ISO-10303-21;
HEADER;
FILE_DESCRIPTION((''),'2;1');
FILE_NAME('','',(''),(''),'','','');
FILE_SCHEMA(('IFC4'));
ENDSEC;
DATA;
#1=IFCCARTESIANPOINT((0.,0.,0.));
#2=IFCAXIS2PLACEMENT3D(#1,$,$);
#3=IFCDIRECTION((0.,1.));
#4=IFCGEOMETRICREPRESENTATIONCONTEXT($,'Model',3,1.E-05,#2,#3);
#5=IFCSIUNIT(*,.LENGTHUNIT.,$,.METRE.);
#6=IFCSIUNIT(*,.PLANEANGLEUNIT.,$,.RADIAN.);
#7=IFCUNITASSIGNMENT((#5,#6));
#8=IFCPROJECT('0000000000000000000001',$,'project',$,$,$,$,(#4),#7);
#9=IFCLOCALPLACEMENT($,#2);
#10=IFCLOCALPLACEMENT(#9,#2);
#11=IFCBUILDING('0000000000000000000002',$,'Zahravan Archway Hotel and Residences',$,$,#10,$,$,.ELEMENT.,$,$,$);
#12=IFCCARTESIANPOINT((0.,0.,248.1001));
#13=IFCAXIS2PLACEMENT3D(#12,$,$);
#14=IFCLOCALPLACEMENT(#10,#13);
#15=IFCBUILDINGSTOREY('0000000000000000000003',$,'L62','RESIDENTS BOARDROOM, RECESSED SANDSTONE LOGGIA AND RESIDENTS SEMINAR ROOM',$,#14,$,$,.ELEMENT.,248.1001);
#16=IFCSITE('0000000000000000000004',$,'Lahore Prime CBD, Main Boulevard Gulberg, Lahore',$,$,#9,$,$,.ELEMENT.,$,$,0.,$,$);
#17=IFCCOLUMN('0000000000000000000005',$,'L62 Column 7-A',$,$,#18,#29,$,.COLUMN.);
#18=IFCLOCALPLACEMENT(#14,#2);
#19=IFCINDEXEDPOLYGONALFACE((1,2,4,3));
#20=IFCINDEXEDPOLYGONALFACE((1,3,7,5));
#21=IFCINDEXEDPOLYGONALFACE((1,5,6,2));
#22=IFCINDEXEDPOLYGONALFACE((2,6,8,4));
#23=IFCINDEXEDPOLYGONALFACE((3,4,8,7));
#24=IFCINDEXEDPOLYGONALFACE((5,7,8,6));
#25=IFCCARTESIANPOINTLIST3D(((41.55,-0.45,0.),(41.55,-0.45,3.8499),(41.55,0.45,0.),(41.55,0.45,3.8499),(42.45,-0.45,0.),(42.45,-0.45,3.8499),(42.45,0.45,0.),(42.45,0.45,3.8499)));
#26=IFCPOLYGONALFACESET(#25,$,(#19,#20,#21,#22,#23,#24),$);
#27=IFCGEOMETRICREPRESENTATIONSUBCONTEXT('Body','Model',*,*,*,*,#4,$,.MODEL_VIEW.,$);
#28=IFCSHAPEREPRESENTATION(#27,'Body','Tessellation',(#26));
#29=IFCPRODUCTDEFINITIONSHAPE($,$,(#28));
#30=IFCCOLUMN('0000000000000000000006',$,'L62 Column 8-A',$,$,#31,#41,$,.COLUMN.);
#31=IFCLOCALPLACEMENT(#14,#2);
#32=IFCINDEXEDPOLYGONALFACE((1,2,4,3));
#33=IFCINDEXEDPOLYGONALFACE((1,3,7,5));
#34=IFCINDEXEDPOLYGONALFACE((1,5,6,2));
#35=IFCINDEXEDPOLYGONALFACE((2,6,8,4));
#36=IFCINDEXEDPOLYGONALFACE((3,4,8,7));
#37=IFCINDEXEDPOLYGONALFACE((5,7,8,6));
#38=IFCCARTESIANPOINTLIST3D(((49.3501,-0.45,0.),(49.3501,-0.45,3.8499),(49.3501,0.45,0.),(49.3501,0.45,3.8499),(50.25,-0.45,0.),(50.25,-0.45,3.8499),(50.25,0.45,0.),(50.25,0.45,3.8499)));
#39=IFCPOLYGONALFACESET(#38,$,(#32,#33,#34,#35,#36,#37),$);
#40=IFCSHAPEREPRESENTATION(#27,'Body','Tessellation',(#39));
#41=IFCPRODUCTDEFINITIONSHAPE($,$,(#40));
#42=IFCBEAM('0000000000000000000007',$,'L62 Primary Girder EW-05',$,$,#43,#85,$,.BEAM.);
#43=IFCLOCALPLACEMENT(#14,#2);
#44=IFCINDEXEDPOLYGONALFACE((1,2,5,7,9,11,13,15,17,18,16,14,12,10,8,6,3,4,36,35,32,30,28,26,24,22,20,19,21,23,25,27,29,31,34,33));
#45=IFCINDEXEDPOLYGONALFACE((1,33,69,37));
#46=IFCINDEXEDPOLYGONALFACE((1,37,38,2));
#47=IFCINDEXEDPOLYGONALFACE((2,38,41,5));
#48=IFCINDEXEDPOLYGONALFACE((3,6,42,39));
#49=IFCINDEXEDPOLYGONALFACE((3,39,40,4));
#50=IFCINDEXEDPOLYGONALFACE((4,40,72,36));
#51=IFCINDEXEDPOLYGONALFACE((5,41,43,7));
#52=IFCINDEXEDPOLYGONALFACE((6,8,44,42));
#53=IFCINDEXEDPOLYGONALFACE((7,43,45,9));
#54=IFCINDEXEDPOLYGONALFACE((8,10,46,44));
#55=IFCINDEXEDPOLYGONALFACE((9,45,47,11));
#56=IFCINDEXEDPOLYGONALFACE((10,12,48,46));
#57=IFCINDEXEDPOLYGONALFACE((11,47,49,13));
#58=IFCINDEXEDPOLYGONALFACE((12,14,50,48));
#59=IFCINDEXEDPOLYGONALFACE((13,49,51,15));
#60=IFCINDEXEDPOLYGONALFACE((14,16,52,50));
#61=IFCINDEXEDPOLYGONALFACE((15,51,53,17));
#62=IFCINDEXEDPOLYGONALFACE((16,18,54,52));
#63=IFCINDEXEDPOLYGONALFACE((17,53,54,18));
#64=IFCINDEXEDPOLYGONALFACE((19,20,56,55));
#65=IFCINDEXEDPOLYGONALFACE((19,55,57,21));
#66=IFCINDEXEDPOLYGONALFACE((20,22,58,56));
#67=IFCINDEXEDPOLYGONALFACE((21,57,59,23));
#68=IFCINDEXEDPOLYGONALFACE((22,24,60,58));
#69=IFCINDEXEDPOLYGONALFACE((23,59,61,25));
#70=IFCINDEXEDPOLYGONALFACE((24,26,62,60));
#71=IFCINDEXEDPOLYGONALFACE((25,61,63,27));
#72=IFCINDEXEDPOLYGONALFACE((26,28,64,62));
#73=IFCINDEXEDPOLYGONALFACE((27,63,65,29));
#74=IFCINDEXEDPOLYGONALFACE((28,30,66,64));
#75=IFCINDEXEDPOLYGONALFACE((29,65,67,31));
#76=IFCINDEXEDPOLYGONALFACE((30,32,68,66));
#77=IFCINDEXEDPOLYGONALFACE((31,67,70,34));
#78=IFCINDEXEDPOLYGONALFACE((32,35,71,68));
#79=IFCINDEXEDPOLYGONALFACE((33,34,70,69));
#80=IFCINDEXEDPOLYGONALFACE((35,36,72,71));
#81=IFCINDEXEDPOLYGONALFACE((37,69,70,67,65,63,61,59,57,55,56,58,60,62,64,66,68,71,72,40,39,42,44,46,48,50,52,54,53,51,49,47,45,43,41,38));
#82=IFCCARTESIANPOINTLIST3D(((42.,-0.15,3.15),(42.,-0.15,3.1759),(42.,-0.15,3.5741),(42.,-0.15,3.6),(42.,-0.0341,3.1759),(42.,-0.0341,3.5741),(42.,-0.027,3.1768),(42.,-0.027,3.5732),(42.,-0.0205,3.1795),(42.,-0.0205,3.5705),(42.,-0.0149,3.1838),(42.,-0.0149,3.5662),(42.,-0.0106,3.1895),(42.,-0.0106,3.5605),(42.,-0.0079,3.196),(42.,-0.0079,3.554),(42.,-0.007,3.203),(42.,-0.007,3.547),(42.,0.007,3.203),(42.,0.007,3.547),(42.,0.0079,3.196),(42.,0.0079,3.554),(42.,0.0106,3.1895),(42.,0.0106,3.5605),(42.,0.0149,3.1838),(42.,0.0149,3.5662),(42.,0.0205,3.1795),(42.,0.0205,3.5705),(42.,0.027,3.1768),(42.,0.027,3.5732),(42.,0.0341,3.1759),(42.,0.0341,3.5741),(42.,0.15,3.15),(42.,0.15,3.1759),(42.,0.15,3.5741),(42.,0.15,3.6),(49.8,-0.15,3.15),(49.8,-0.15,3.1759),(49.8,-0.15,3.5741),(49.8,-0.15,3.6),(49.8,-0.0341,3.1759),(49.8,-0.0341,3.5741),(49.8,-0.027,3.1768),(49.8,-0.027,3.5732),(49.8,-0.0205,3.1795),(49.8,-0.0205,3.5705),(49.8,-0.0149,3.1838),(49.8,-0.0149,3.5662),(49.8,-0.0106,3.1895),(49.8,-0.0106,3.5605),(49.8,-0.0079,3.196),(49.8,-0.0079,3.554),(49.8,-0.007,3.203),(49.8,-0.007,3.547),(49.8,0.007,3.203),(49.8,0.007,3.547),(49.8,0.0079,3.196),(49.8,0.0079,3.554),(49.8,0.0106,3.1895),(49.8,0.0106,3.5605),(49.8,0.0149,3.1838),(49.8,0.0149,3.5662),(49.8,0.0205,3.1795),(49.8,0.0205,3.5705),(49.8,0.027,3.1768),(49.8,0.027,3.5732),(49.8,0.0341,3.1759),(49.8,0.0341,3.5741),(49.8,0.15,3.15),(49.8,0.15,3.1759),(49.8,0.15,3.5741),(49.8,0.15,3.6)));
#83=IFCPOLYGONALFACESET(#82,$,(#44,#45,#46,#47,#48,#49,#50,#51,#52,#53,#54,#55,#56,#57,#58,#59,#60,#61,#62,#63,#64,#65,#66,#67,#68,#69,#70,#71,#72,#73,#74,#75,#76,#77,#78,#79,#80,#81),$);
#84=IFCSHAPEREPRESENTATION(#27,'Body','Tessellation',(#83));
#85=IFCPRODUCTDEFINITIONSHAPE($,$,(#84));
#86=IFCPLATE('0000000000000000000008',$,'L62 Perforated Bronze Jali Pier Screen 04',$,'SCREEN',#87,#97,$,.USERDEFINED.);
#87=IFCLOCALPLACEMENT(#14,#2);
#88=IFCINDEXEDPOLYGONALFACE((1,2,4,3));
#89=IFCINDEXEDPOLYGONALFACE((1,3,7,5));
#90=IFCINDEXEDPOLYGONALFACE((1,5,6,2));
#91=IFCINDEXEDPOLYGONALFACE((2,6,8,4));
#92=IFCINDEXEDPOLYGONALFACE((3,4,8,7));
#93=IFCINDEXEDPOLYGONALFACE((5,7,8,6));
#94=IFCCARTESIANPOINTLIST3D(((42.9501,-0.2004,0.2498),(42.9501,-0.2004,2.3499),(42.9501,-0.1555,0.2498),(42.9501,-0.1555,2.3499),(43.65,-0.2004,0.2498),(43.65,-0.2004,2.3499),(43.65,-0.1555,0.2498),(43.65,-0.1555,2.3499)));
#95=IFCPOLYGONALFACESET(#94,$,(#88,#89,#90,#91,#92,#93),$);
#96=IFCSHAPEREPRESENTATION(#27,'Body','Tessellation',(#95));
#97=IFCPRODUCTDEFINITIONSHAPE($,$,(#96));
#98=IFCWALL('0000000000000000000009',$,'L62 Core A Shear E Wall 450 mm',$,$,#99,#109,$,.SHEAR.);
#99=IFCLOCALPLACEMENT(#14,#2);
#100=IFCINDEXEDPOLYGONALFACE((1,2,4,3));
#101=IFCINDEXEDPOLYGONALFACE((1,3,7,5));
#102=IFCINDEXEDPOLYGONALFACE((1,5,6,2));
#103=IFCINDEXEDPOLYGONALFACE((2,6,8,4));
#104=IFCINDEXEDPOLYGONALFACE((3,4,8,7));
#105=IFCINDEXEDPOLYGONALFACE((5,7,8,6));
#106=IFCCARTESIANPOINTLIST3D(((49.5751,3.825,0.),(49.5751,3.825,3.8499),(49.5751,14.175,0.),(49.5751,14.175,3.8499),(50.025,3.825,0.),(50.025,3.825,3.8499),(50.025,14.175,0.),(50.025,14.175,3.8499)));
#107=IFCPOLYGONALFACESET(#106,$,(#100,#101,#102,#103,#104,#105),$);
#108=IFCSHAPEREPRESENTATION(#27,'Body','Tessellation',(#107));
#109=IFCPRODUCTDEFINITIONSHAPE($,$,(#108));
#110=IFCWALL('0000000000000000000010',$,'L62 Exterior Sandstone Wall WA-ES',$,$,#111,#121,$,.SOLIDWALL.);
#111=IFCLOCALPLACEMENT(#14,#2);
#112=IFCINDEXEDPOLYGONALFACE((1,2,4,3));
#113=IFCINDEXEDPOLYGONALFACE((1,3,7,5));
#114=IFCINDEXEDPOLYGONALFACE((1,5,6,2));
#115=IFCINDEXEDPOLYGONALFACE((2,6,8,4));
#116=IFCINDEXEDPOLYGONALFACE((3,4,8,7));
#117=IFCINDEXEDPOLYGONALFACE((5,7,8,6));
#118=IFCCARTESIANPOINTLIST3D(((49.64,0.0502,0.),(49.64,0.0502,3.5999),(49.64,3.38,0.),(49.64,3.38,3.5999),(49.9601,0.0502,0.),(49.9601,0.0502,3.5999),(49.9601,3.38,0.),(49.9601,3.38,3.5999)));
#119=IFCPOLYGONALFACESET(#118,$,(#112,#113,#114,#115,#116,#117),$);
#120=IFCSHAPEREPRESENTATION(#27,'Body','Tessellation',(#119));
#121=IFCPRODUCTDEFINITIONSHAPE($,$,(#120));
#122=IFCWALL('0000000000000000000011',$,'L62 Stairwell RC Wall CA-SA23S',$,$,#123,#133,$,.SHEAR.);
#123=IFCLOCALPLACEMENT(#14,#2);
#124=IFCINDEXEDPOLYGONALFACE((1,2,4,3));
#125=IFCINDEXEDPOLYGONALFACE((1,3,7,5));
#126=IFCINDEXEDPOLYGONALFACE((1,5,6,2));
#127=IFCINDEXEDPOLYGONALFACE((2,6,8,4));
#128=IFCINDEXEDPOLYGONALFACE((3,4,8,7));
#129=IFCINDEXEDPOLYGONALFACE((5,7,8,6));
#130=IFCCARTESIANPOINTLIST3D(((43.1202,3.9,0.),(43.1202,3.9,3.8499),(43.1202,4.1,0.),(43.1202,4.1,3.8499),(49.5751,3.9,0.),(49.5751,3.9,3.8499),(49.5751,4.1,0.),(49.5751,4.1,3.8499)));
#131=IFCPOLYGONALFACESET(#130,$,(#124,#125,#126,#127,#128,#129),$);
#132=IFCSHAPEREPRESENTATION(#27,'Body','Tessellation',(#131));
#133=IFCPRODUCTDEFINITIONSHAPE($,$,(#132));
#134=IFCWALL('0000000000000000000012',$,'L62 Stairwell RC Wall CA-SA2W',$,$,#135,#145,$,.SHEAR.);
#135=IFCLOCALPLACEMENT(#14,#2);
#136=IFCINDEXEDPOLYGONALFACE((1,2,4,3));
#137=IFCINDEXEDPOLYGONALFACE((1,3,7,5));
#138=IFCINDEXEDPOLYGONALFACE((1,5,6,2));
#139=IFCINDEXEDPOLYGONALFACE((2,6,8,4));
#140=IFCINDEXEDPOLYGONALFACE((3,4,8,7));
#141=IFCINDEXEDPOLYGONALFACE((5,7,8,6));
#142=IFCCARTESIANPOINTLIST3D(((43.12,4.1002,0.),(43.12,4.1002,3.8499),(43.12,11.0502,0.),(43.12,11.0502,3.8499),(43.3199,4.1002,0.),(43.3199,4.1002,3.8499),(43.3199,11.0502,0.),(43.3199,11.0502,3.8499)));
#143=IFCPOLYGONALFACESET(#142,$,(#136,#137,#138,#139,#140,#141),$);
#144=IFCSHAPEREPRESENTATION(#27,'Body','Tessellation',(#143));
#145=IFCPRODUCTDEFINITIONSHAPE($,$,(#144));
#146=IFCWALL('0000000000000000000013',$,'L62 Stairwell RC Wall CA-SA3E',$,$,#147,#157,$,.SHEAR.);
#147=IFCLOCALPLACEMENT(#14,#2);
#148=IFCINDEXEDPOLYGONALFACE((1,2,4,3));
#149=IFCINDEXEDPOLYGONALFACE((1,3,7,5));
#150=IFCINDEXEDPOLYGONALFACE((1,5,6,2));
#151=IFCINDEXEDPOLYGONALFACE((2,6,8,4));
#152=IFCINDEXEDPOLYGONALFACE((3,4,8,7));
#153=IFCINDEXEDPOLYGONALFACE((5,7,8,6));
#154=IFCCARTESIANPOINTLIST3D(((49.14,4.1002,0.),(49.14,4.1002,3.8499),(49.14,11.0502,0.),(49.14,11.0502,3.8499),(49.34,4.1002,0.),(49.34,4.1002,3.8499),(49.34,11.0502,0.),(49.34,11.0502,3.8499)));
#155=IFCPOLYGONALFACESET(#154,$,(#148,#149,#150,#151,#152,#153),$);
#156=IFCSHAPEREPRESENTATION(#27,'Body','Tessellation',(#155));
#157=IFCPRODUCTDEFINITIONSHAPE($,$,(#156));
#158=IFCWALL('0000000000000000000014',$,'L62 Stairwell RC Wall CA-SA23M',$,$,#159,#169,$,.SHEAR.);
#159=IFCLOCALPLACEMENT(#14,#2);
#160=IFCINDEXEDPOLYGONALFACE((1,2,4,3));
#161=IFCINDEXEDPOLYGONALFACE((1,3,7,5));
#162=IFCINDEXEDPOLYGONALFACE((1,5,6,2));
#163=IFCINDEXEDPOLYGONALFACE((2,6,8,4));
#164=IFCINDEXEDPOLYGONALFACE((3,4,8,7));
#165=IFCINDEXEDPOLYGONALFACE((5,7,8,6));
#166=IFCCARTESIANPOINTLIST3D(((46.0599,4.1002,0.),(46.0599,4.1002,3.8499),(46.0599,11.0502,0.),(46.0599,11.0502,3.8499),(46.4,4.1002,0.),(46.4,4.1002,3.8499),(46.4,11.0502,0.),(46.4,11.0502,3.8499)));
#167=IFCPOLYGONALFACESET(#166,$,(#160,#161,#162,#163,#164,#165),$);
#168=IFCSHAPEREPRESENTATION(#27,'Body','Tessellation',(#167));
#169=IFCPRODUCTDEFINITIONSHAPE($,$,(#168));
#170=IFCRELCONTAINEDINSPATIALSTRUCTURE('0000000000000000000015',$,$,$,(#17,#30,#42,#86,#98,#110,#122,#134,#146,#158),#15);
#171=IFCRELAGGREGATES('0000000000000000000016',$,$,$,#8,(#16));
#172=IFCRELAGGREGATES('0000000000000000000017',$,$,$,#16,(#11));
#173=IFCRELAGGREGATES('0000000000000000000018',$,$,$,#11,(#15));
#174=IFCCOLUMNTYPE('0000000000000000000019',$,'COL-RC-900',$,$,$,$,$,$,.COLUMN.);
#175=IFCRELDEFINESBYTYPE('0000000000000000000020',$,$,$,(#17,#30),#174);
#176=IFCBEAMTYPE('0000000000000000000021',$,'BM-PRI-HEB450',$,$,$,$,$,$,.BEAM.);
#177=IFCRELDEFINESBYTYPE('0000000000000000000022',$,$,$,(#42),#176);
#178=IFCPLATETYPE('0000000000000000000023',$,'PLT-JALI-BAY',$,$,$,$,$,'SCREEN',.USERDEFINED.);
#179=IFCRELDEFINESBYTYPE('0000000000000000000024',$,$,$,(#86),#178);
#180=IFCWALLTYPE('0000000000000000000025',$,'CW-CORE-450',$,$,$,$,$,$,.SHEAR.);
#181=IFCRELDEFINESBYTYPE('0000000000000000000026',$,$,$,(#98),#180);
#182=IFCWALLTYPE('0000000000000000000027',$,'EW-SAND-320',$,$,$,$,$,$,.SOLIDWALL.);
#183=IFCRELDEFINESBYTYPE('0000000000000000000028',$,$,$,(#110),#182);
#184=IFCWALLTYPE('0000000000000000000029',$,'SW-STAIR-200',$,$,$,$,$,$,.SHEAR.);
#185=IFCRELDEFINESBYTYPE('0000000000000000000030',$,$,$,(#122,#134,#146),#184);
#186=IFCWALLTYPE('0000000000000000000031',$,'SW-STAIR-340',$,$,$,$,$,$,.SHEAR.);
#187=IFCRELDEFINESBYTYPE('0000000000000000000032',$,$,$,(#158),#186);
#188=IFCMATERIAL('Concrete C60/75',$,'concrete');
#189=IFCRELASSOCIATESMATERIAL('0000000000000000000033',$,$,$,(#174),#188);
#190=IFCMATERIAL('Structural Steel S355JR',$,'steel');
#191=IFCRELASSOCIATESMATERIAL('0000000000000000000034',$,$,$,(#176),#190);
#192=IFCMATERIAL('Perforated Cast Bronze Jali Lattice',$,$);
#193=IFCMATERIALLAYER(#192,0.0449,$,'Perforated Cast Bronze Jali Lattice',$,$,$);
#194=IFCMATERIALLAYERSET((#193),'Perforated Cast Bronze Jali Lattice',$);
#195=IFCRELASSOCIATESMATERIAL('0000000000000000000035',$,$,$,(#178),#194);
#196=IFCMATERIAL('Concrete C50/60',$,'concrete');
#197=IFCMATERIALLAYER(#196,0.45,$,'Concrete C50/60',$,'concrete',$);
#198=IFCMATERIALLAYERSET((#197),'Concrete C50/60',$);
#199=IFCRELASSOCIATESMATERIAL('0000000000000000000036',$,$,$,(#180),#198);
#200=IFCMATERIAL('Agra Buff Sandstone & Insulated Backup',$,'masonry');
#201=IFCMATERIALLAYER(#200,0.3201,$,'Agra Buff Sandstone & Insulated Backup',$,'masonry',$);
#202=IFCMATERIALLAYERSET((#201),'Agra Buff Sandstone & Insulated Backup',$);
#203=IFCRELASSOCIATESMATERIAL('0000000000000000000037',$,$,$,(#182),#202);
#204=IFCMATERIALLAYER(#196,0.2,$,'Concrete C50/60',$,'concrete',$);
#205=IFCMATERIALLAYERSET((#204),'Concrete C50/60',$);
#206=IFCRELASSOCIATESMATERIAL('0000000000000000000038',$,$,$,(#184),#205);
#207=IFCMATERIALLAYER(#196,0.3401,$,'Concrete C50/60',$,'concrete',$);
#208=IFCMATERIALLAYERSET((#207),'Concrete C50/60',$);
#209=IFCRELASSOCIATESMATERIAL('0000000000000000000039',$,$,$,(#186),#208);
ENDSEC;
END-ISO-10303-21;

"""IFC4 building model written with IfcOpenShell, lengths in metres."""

from ifc_helpers import new_model, si_unit, direction, frame, frame_2d, origin, origin_2d, place, context, subcontext, project, spatial, rectangle, i_section, extrude, source, transform, mapped, material, layer, layer_set, material_profile, profile_set, type_object, type_shapes, element, save


model = new_model("IFC4")

# Units and contexts
model_context = context("Model", 3, precision=1e-05, world=origin(), true_north=direction((0.0, 1.0)))
body_context = subcontext(model_context, "Body", "Model", "MODEL_VIEW")
ifc_project = project(units=[si_unit("LENGTHUNIT", "METRE"), si_unit("PLANEANGLEUNIT", "RADIAN")], contexts=[model_context])

# Site, building, storey
site_placement = place(None, origin())
site = spatial("IfcSite", under=ifc_project, at=site_placement, Name="Lahore Prime CBD, Main Boulevard Gulberg, Lahore", CompositionType="ELEMENT", RefElevation=0.0)
building_placement = place(site_placement, origin())
building = spatial("IfcBuilding", under=site, at=building_placement, Name="Zahravan Archway Hotel and Residences", CompositionType="ELEMENT")
storey_placement = place(building_placement, frame((0.0, 0.0, 248.1001)))
storey = spatial("IfcBuildingStorey", under=building, at=storey_placement, Name="L62", Description="RESIDENTS BOARDROOM, RECESSED SANDSTONE LOGGIA AND RESIDENTS SEMINAR ROOM", CompositionType="ELEMENT", Elevation=248.1001)

# Columns
ifc_material_1 = material(Name="Concrete C60/75", Category="concrete")
ifc_material_profile_1 = material_profile(ifc_material_1, rectangle(XDim=0.8999, YDim=0.8999, at=origin_2d()), Name="RC-COL-900x900", Category="concrete")
ifc_profile_set_1 = profile_set([ifc_material_profile_1], Name="Concrete C60/75")
column_type = type_object("IfcColumnType", Name="COL-RC-900", PredefinedType="COLUMN", material=ifc_profile_set_1)
shared_shape_1 = source(origin(), body_context, "Body", "SweptSolid", [
    extrude(rectangle(XDim=0.8999, YDim=0.8999, at=origin_2d()), origin(), (0.0, 0.0, 1.0), 3.8499),
])
for number, where, z_axis, x_axis, name in (
    (1, (42.0, 0.0, 0.0), (0.0, 0.0, 1.0), (1.0, 0.0, 0.0), "L62 Column 7-A"),
    (2, (49.8, 0.0, 0.0), (0.0, 0.0, 1.0), (1.0, 0.0, 0.0), "L62 Column 8-A"),
):
    element("IfcColumn", number, at=place(storey_placement, frame(where, z_axis=z_axis, x_axis=x_axis)), inside=storey, type_object=column_type, Name=name, PredefinedType="COLUMN", context=body_context, shape_type="MappedRepresentation", body=[
        mapped(shared_shape_1, transform((0.0, 0.0, 0.0), scale=1.0)),
    ])

# Beam
ifc_material_2 = material(Name="Structural Steel S355JR", Category="steel")
ifc_material_profile_2 = material_profile(ifc_material_2, i_section(OverallWidth=0.3, OverallDepth=0.45, WebThickness=0.0139, FlangeThickness=0.0259, FilletRadius=0.0271, at=origin_2d()), Name="HEB 450", Category="steel")
ifc_profile_set_2 = profile_set([ifc_material_profile_2], Name="Structural Steel S355JR")
beam_type = type_object("IfcBeamType", Name="BM-PRI-HEB450", PredefinedType="BEAM", material=ifc_profile_set_2)
shared_shape_2 = source(origin(), body_context, "Body", "SweptSolid", [
    extrude(i_section(OverallWidth=0.3, OverallDepth=0.45, WebThickness=0.0139, FlangeThickness=0.0259, FilletRadius=0.0271, at=origin_2d()), origin(), (0.0, 0.0, 1.0), 7.8),
])
beam_placement = place(storey_placement, frame((42.0, 0.0, 3.375), z_axis=(1.0, 0.0, 0.0), x_axis=(0.0, 1.0, 0.0)))
element("IfcBeam", 3, at=beam_placement, inside=storey, type_object=beam_type, Name="L62 Primary Girder EW-05", PredefinedType="BEAM", context=body_context, shape_type="MappedRepresentation", body=[
    mapped(shared_shape_2, transform((0.0, 0.0, 0.0), scale=1.0)),
])

# Plate
ifc_material_3 = material(Name="Perforated Cast Bronze Jali Lattice")
ifc_layer_1 = layer(ifc_material_3, 0.0449, Name="Perforated Cast Bronze Jali Lattice")
ifc_layer_set_1 = layer_set([ifc_layer_1], Name="Perforated Cast Bronze Jali Lattice")
plate_type = type_object("IfcPlateType", Name="PLT-JALI-BAY", ElementType="SCREEN", PredefinedType="USERDEFINED", material=ifc_layer_set_1)
shared_shape_3 = source(origin(), body_context, "Body", "SweptSolid", [
    extrude(rectangle(XDim=0.7, YDim=0.0449, at=origin_2d()), origin(), (0.0, 0.0, 1.0), 2.1001),
])
type_shapes(plate_type, [shared_shape_3])
plate_placement = place(storey_placement, frame((43.3, -0.178, 0.2498), z_axis=(0.0, 0.0, 1.0), x_axis=(1.0, 0.0, 0.0)))
element("IfcPlate", 4, at=plate_placement, inside=storey, type_object=plate_type, Name="L62 Perforated Bronze Jali Pier Screen 04", ObjectType="SCREEN", PredefinedType="USERDEFINED", context=body_context, shape_type="MappedRepresentation", body=[
    mapped(shared_shape_3, transform((0.0, 0.0, 0.0), scale=1.0)),
])

# Walls
ifc_material_4 = material(Name="Concrete C50/60", Category="concrete")
ifc_layer_2 = layer(ifc_material_4, 0.45, Name="Concrete C50/60", Category="concrete")
ifc_layer_set_2 = layer_set([ifc_layer_2], Name="Concrete C50/60")
wall_type_1 = type_object("IfcWallType", Name="CW-CORE-450", PredefinedType="SHEAR", material=ifc_layer_set_2)
wall_1_placement = place(storey_placement, frame((49.8, 3.825, 0.0), z_axis=(0.0, 0.0, 1.0), x_axis=(0.0, 1.0, 0.0)))
element("IfcWall", 5, at=wall_1_placement, inside=storey, type_object=wall_type_1, Name="L62 Core A Shear E Wall 450 mm", PredefinedType="SHEAR", context=body_context, shape_type="SweptSolid", body=[
    extrude(rectangle(XDim=10.3501, YDim=0.45, at=frame_2d((5.175, 0.0))), origin(), (0.0, 0.0, 1.0), 3.8499),
])
ifc_material_5 = material(Name="Agra Buff Sandstone & Insulated Backup", Category="masonry")
ifc_layer_3 = layer(ifc_material_5, 0.3201, Name="Agra Buff Sandstone & Insulated Backup", Category="masonry")
ifc_layer_set_3 = layer_set([ifc_layer_3], Name="Agra Buff Sandstone & Insulated Backup")
wall_type_2 = type_object("IfcWallType", Name="EW-SAND-320", PredefinedType="SOLIDWALL", material=ifc_layer_set_3)
wall_2_placement = place(storey_placement, frame((49.8, 0.05, 0.0), z_axis=(0.0, 0.0, 1.0), x_axis=(0.0, 1.0, 0.0)))
element("IfcWall", 6, at=wall_2_placement, inside=storey, type_object=wall_type_2, Name="L62 Exterior Sandstone Wall WA-ES", PredefinedType="SOLIDWALL", context=body_context, shape_type="SweptSolid", body=[
    extrude(rectangle(XDim=3.3298, YDim=0.3201, at=frame_2d((1.665, 0.0))), origin(), (0.0, 0.0, 1.0), 3.5999),
])
ifc_layer_4 = layer(ifc_material_4, 0.2, Name="Concrete C50/60", Category="concrete")
ifc_layer_set_4 = layer_set([ifc_layer_4], Name="Concrete C50/60")
wall_type_3 = type_object("IfcWallType", Name="SW-STAIR-200", PredefinedType="SHEAR", material=ifc_layer_set_4)
wall_3_placement = place(storey_placement, frame((43.1201, 4.0, 0.0), z_axis=(0.0, 0.0, 1.0), x_axis=(1.0, 0.0, 0.0)))
element("IfcWall", 7, at=wall_3_placement, inside=storey, type_object=wall_type_3, Name="L62 Stairwell RC Wall CA-SA23S", PredefinedType="SHEAR", context=body_context, shape_type="SweptSolid", body=[
    extrude(rectangle(XDim=6.4548, YDim=0.2, at=frame_2d((3.2275, 0.0))), origin(), (0.0, 0.0, 1.0), 3.8499),
])
for number, where, z_axis, x_axis, name in (
    (8, (43.22, 4.1001, 0.0), (0.0, 0.0, 1.0), (0.0, 1.0, 0.0), "L62 Stairwell RC Wall CA-SA2W"),
    (9, (49.24, 4.1001, 0.0), (0.0, 0.0, 1.0), (0.0, 1.0, 0.0), "L62 Stairwell RC Wall CA-SA3E"),
):
    element("IfcWall", number, at=place(storey_placement, frame(where, z_axis=z_axis, x_axis=x_axis)), inside=storey, type_object=wall_type_3, Name=name, PredefinedType="SHEAR", context=body_context, shape_type="SweptSolid", body=[
        extrude(rectangle(XDim=6.95, YDim=0.2, at=frame_2d((3.4751, 0.0))), origin(), (0.0, 0.0, 1.0), 3.8499),
    ])
ifc_layer_5 = layer(ifc_material_4, 0.3401, Name="Concrete C50/60", Category="concrete")
ifc_layer_set_5 = layer_set([ifc_layer_5], Name="Concrete C50/60")
wall_type_4 = type_object("IfcWallType", Name="SW-STAIR-340", PredefinedType="SHEAR", material=ifc_layer_set_5)
wall_4_placement = place(storey_placement, frame((46.23, 4.1001, 0.0), z_axis=(0.0, 0.0, 1.0), x_axis=(0.0, 1.0, 0.0)))
element("IfcWall", 10, at=wall_4_placement, inside=storey, type_object=wall_type_4, Name="L62 Stairwell RC Wall CA-SA23M", PredefinedType="SHEAR", context=body_context, shape_type="SweptSolid", body=[
    extrude(rectangle(XDim=6.95, YDim=0.3401, at=frame_2d((3.4751, 0.0))), origin(), (0.0, 0.0, 1.0), 3.8499),
])

save(model, "model.ifc")
